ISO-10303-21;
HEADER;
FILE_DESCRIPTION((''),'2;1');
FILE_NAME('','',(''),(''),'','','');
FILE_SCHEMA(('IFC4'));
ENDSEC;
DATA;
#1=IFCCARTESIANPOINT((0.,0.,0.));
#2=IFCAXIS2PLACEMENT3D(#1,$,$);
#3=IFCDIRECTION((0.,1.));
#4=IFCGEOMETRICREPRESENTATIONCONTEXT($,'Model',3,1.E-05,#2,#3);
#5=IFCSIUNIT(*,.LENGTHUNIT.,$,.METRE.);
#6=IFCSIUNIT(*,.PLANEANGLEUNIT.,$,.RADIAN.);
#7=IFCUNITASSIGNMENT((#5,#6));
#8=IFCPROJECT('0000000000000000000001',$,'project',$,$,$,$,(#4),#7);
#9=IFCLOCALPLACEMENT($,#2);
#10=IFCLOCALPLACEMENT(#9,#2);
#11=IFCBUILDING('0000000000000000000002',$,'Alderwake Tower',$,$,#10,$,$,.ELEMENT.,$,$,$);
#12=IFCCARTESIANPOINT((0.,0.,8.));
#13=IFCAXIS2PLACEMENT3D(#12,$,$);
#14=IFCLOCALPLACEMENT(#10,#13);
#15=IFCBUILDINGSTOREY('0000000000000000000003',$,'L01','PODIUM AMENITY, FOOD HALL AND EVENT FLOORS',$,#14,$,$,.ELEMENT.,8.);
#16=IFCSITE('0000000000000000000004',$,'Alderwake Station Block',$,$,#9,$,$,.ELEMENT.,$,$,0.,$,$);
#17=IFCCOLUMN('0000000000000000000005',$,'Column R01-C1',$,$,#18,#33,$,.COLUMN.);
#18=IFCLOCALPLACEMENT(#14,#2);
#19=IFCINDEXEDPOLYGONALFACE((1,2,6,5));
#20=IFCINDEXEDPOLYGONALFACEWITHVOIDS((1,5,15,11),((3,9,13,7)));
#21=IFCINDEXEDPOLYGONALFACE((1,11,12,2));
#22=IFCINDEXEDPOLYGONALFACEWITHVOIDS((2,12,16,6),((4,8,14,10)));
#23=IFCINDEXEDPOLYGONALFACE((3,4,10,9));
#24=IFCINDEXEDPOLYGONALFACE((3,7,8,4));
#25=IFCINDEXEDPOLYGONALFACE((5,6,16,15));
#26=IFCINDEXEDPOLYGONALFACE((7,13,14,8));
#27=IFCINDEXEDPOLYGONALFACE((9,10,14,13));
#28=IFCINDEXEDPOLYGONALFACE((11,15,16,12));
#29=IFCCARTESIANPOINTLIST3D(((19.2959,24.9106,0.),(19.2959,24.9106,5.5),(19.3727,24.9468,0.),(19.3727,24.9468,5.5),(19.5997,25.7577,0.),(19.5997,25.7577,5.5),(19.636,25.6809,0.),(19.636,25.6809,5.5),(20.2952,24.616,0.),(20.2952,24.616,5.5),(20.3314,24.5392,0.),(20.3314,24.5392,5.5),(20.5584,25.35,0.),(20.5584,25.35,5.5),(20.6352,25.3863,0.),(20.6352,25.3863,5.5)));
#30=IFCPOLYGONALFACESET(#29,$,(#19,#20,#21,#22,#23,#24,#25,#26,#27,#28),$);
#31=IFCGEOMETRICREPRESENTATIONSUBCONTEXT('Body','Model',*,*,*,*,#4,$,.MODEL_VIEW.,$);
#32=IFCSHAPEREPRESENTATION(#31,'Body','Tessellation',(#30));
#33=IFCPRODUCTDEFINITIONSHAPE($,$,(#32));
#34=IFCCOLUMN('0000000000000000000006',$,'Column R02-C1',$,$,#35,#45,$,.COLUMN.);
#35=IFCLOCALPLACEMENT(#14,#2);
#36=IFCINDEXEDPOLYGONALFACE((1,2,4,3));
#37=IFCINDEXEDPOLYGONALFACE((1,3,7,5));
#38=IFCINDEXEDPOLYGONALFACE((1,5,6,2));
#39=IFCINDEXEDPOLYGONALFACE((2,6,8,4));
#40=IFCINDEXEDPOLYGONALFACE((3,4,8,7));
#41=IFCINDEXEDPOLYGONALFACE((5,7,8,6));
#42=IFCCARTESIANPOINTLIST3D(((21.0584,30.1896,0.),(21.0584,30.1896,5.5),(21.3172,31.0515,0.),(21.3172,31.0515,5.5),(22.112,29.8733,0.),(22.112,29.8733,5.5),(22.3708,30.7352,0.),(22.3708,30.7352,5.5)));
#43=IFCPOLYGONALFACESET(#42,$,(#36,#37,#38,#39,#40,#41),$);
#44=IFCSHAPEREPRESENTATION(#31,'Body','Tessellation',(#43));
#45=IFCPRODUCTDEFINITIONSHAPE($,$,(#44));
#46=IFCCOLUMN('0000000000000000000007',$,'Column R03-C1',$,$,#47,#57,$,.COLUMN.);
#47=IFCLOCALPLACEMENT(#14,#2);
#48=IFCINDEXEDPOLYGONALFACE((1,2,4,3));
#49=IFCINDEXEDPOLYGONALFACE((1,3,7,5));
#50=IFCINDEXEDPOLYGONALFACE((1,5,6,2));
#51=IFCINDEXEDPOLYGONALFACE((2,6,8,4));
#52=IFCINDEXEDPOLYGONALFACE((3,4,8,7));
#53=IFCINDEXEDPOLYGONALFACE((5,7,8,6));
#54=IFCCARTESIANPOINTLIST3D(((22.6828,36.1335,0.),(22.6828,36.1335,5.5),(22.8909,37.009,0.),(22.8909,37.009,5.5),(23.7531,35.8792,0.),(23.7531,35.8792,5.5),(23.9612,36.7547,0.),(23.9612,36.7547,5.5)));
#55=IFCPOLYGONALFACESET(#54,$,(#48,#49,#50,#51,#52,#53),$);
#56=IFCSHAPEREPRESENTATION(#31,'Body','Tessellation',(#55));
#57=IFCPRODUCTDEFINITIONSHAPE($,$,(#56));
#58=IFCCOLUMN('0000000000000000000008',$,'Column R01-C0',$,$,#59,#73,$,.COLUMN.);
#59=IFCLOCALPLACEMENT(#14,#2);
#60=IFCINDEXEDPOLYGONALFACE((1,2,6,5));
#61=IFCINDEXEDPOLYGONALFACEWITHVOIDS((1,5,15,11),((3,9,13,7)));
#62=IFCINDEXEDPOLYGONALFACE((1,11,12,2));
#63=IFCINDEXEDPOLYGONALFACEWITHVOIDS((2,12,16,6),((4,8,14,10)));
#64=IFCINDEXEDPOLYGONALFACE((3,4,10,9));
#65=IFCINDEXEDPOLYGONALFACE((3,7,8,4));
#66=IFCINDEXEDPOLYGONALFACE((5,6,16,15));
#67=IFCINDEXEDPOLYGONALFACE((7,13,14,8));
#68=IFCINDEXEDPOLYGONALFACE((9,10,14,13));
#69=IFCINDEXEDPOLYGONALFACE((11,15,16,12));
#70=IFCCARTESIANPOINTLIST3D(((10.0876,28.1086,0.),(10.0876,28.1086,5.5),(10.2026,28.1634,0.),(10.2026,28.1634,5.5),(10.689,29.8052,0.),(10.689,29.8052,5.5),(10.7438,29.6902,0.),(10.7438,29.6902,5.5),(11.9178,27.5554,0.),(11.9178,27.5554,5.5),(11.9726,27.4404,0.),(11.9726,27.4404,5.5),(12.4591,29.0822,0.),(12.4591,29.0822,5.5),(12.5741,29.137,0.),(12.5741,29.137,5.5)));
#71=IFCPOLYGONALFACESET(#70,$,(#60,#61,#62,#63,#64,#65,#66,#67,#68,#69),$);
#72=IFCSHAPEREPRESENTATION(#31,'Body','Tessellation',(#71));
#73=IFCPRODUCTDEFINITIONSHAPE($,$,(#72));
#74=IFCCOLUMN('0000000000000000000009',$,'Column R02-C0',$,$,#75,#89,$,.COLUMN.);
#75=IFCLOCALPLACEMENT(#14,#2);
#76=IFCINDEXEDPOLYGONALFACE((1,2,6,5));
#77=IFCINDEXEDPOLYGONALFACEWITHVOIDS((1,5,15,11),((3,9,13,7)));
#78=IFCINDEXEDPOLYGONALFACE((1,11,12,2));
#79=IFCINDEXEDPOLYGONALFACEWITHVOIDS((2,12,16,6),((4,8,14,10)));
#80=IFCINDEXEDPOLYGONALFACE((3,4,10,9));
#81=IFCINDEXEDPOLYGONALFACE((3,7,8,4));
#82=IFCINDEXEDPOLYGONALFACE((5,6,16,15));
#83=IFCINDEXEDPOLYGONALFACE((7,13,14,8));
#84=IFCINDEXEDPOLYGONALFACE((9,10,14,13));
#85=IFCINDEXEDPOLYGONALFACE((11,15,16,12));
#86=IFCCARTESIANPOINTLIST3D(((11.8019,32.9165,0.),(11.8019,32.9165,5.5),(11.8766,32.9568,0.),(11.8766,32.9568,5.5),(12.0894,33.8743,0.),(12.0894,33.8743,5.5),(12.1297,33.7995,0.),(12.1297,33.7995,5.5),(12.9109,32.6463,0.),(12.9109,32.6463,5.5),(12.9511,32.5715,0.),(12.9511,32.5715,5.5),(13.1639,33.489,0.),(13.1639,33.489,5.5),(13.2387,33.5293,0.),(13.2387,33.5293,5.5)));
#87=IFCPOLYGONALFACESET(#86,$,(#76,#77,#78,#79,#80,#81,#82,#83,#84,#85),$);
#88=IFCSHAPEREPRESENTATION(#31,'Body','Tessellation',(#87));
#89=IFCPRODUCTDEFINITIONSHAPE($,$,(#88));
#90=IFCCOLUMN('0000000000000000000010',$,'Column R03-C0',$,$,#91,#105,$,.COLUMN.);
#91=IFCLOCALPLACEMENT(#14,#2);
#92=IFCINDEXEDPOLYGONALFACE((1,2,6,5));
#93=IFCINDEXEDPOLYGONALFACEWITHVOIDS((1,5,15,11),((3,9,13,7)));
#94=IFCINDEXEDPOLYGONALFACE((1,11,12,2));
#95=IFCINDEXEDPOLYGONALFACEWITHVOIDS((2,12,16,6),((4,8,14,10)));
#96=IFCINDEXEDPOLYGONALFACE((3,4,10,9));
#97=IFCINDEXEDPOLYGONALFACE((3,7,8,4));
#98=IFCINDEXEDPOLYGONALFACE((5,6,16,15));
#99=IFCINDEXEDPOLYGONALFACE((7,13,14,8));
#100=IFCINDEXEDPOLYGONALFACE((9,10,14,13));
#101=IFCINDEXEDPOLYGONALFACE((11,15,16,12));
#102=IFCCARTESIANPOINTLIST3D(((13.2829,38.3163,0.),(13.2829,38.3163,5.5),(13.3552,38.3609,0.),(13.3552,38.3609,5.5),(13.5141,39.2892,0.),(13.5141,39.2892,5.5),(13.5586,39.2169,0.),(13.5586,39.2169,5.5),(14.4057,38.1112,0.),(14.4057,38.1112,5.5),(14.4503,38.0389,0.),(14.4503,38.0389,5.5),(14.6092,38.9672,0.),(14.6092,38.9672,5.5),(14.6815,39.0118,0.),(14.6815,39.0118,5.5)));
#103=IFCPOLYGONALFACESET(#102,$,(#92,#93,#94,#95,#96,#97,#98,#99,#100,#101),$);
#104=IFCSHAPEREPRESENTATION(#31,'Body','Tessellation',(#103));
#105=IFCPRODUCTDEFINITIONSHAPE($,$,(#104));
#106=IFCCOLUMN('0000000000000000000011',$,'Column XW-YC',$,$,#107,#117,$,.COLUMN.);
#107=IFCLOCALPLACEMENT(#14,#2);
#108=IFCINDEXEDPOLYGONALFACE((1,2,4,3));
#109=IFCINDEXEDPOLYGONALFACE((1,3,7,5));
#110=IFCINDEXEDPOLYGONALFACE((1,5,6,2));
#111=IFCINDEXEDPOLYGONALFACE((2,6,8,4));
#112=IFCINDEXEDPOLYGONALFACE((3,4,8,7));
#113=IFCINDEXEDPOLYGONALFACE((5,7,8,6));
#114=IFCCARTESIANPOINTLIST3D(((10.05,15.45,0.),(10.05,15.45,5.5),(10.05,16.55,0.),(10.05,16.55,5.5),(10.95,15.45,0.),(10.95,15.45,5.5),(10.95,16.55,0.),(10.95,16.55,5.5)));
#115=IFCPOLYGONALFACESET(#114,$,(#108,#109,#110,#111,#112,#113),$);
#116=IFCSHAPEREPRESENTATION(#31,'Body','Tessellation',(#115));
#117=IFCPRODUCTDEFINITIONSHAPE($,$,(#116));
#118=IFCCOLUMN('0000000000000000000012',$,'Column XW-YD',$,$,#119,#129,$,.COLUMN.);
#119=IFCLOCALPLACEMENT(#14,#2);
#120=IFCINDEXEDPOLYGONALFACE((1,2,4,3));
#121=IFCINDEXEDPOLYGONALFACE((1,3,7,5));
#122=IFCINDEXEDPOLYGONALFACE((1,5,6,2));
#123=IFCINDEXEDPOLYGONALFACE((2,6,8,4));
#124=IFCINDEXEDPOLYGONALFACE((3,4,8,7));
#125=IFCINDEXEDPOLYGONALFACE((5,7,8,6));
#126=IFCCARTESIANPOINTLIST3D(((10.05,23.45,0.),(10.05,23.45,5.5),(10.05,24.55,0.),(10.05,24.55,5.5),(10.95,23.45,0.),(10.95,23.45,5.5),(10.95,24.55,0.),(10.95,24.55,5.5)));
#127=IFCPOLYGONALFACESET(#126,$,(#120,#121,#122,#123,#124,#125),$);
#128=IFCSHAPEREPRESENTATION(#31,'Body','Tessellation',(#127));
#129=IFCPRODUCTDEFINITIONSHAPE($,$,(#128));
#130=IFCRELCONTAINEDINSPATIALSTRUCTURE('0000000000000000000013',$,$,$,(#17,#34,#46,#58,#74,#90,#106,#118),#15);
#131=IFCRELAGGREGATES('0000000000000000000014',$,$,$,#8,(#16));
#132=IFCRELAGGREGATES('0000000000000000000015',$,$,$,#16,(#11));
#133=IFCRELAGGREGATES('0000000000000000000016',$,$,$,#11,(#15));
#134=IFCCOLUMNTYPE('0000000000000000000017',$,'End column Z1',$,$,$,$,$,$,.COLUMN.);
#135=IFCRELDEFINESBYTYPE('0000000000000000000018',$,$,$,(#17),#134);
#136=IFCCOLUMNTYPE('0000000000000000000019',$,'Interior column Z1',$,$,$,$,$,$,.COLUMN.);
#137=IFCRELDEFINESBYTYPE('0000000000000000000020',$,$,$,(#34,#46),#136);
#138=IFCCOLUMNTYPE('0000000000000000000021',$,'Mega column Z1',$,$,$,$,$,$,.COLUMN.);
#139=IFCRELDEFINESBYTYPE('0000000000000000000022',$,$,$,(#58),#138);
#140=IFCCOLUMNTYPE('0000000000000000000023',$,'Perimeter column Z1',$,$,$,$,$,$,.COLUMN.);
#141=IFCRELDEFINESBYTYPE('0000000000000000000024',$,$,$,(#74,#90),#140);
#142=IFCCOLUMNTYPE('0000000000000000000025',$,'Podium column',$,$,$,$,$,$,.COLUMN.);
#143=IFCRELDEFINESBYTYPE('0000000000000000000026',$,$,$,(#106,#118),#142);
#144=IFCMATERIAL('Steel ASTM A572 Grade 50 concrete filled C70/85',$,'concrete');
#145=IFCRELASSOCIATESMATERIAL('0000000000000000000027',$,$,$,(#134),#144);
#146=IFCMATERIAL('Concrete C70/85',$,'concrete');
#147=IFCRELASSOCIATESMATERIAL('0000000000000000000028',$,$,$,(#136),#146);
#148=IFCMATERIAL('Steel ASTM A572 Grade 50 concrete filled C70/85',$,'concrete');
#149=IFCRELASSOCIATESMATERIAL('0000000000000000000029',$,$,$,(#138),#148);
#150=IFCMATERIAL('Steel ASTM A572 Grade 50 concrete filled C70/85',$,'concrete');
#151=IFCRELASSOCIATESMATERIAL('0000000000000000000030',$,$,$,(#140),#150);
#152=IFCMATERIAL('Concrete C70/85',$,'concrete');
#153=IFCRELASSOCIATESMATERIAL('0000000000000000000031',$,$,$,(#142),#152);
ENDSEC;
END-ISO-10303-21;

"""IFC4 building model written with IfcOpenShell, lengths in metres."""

from ifc_helpers import new_model, si_unit, direction, frame, origin, origin_2d, place, context, subcontext, project, spatial, rectangle, hollow_rectangle, extrude, material, material_profile, profile_set, type_object, element, save


model = new_model("IFC4")

# Units and contexts
model_context = context("Model", 3, precision=1e-05, world=origin(), true_north=direction((0.0, 1.0)))
body_context = subcontext(model_context, "Body", "Model", "MODEL_VIEW")
ifc_project = project(units=[si_unit("LENGTHUNIT", "METRE"), si_unit("PLANEANGLEUNIT", "RADIAN")], contexts=[model_context])

# Site, building, storey
site_placement = place(None, origin())
site = spatial("IfcSite", under=ifc_project, at=site_placement, Name="Alderwake Station Block", CompositionType="ELEMENT", RefElevation=0.0)
building_placement = place(site_placement, origin())
building = spatial("IfcBuilding", under=site, at=building_placement, Name="Alderwake Tower", CompositionType="ELEMENT")
storey_placement = place(building_placement, frame((0.0, 0.0, 8.0)))
storey = spatial("IfcBuildingStorey", under=building, at=storey_placement, Name="L01", Description="PODIUM AMENITY, FOOD HALL AND EVENT FLOORS", CompositionType="ELEMENT", Elevation=8.0)

# Columns
ifc_material_1 = material(Name="Steel ASTM A572 Grade 50 concrete filled C70/85", Category="concrete")
ifc_material_profile_1 = material_profile(ifc_material_1, hollow_rectangle(XDim=0.8999, YDim=1.1001, WallThickness=0.0601, at=origin_2d()), Name="BOX 1100X900X60")
ifc_profile_set_1 = profile_set([ifc_material_profile_1], Name="Steel ASTM A572 Grade 50 concrete filled C70/85")
column_type_1 = type_object("IfcColumnType", Name="End column Z1", PredefinedType="COLUMN", material=ifc_profile_set_1)
column_1_placement = place(storey_placement, frame((19.9656, 25.1484, 0.0), z_axis=(0.0, 0.0, 1.0), x_axis=(0.337585, 0.941295, 0.0)))
element("IfcColumn", 1, at=column_1_placement, inside=storey, type_object=column_type_1, Name="Column R01-C1", PredefinedType="COLUMN", context=body_context, shape_type="SweptSolid", body=[
    extrude(hollow_rectangle(XDim=0.8999, YDim=1.1001, WallThickness=0.0601, at=origin_2d()), origin(), (0.0, 0.0, 1.0), 5.5),
])
ifc_material_2 = material(Name="Concrete C70/85", Category="concrete")
ifc_material_profile_2 = material_profile(ifc_material_2, rectangle(XDim=0.8999, YDim=1.1001, at=origin_2d()), Name="RC 1100X900")
ifc_profile_set_2 = profile_set([ifc_material_profile_2], Name="Concrete C70/85")
column_type_2 = type_object("IfcColumnType", Name="Interior column Z1", PredefinedType="COLUMN", material=ifc_profile_set_2)
for number, where, z_axis, x_axis, name in (
    (2, (21.7146, 30.4624, 0.0), (0.0, 0.0, 1.0), (0.287549, 0.957766, 0.0), "Column R02-C1"),
    (3, (23.322, 36.4441, 0.0), (0.0, 0.0, 1.0), (0.231222, 0.972901, 0.0), "Column R03-C1"),
):
    element("IfcColumn", number, at=place(storey_placement, frame(where, z_axis=z_axis, x_axis=x_axis)), inside=storey, type_object=column_type_2, Name=name, PredefinedType="COLUMN", context=body_context, shape_type="SweptSolid", body=[
        extrude(rectangle(XDim=0.8999, YDim=1.1001, at=origin_2d()), origin(), (0.0, 0.0, 1.0), 5.5),
    ])
ifc_material_3 = material(Name="Steel ASTM A572 Grade 50 concrete filled C70/85", Category="concrete")
ifc_material_profile_3 = material_profile(ifc_material_3, hollow_rectangle(XDim=1.8, YDim=2.0, WallThickness=0.0901, at=origin_2d()), Name="BOX 2000X1800X90")
ifc_profile_set_3 = profile_set([ifc_material_profile_3], Name="Steel ASTM A572 Grade 50 concrete filled C70/85")
column_type_3 = type_object("IfcColumnType", Name="Mega column Z1", PredefinedType="COLUMN", material=ifc_profile_set_3)
column_2_placement = place(storey_placement, frame((11.3308, 28.6228, 0.0), z_axis=(0.0, 0.0, 1.0), x_axis=(0.334131, 0.942527, 0.0)))
element("IfcColumn", 4, at=column_2_placement, inside=storey, type_object=column_type_3, Name="Column R01-C0", PredefinedType="COLUMN", context=body_context, shape_type="SweptSolid", body=[
    extrude(hollow_rectangle(XDim=1.8, YDim=2.0, WallThickness=0.0901, at=origin_2d()), origin(), (0.0, 0.0, 1.0), 5.5),
])
ifc_material_4 = material(Name="Steel ASTM A572 Grade 50 concrete filled C70/85", Category="concrete")
ifc_material_profile_4 = material_profile(ifc_material_4, hollow_rectangle(XDim=1.0, YDim=1.2, WallThickness=0.0601, at=origin_2d()), Name="BOX 1200X1000X60")
ifc_profile_set_4 = profile_set([ifc_material_profile_4], Name="Steel ASTM A572 Grade 50 concrete filled C70/85")
column_type_4 = type_object("IfcColumnType", Name="Perimeter column Z1", PredefinedType="COLUMN", material=ifc_profile_set_4)
for number, where, z_axis, x_axis, name in (
    (5, (12.5203, 33.2229, 0.0), (0.0, 0.0, 1.0), (0.287549, 0.957766, 0.0), "Column R02-C0"),
    (6, (13.9822, 38.6641, 0.0), (0.0, 0.0, 1.0), (0.231222, 0.972901, 0.0), "Column R03-C0"),
):
    element("IfcColumn", number, at=place(storey_placement, frame(where, z_axis=z_axis, x_axis=x_axis)), inside=storey, type_object=column_type_4, Name=name, PredefinedType="COLUMN", context=body_context, shape_type="SweptSolid", body=[
        extrude(hollow_rectangle(XDim=1.0, YDim=1.2, WallThickness=0.0601, at=origin_2d()), origin(), (0.0, 0.0, 1.0), 5.5),
    ])
ifc_material_5 = material(Name="Concrete C70/85", Category="concrete")
ifc_material_profile_5 = material_profile(ifc_material_5, rectangle(XDim=0.8999, YDim=1.1001, at=origin_2d()), Name="RC 1100X900")
ifc_profile_set_5 = profile_set([ifc_material_profile_5], Name="Concrete C70/85")
column_type_5 = type_object("IfcColumnType", Name="Podium column", PredefinedType="COLUMN", material=ifc_profile_set_5)
for number, where, z_axis, x_axis, name in (
    (7, (10.5, 16.0, 0.0), (0.0, 0.0, 1.0), (1.0, 0.0, 0.0), "Column XW-YC"),
    (8, (10.5, 24.0, 0.0), (0.0, 0.0, 1.0), (1.0, 0.0, 0.0), "Column XW-YD"),
):
    element("IfcColumn", number, at=place(storey_placement, frame(where, z_axis=z_axis, x_axis=x_axis)), inside=storey, type_object=column_type_5, Name=name, PredefinedType="COLUMN", context=body_context, shape_type="SweptSolid", body=[
        extrude(rectangle(XDim=0.8999, YDim=1.1001, at=origin_2d()), origin(), (0.0, 0.0, 1.0), 5.5),
    ])

save(model, "model.ifc")
